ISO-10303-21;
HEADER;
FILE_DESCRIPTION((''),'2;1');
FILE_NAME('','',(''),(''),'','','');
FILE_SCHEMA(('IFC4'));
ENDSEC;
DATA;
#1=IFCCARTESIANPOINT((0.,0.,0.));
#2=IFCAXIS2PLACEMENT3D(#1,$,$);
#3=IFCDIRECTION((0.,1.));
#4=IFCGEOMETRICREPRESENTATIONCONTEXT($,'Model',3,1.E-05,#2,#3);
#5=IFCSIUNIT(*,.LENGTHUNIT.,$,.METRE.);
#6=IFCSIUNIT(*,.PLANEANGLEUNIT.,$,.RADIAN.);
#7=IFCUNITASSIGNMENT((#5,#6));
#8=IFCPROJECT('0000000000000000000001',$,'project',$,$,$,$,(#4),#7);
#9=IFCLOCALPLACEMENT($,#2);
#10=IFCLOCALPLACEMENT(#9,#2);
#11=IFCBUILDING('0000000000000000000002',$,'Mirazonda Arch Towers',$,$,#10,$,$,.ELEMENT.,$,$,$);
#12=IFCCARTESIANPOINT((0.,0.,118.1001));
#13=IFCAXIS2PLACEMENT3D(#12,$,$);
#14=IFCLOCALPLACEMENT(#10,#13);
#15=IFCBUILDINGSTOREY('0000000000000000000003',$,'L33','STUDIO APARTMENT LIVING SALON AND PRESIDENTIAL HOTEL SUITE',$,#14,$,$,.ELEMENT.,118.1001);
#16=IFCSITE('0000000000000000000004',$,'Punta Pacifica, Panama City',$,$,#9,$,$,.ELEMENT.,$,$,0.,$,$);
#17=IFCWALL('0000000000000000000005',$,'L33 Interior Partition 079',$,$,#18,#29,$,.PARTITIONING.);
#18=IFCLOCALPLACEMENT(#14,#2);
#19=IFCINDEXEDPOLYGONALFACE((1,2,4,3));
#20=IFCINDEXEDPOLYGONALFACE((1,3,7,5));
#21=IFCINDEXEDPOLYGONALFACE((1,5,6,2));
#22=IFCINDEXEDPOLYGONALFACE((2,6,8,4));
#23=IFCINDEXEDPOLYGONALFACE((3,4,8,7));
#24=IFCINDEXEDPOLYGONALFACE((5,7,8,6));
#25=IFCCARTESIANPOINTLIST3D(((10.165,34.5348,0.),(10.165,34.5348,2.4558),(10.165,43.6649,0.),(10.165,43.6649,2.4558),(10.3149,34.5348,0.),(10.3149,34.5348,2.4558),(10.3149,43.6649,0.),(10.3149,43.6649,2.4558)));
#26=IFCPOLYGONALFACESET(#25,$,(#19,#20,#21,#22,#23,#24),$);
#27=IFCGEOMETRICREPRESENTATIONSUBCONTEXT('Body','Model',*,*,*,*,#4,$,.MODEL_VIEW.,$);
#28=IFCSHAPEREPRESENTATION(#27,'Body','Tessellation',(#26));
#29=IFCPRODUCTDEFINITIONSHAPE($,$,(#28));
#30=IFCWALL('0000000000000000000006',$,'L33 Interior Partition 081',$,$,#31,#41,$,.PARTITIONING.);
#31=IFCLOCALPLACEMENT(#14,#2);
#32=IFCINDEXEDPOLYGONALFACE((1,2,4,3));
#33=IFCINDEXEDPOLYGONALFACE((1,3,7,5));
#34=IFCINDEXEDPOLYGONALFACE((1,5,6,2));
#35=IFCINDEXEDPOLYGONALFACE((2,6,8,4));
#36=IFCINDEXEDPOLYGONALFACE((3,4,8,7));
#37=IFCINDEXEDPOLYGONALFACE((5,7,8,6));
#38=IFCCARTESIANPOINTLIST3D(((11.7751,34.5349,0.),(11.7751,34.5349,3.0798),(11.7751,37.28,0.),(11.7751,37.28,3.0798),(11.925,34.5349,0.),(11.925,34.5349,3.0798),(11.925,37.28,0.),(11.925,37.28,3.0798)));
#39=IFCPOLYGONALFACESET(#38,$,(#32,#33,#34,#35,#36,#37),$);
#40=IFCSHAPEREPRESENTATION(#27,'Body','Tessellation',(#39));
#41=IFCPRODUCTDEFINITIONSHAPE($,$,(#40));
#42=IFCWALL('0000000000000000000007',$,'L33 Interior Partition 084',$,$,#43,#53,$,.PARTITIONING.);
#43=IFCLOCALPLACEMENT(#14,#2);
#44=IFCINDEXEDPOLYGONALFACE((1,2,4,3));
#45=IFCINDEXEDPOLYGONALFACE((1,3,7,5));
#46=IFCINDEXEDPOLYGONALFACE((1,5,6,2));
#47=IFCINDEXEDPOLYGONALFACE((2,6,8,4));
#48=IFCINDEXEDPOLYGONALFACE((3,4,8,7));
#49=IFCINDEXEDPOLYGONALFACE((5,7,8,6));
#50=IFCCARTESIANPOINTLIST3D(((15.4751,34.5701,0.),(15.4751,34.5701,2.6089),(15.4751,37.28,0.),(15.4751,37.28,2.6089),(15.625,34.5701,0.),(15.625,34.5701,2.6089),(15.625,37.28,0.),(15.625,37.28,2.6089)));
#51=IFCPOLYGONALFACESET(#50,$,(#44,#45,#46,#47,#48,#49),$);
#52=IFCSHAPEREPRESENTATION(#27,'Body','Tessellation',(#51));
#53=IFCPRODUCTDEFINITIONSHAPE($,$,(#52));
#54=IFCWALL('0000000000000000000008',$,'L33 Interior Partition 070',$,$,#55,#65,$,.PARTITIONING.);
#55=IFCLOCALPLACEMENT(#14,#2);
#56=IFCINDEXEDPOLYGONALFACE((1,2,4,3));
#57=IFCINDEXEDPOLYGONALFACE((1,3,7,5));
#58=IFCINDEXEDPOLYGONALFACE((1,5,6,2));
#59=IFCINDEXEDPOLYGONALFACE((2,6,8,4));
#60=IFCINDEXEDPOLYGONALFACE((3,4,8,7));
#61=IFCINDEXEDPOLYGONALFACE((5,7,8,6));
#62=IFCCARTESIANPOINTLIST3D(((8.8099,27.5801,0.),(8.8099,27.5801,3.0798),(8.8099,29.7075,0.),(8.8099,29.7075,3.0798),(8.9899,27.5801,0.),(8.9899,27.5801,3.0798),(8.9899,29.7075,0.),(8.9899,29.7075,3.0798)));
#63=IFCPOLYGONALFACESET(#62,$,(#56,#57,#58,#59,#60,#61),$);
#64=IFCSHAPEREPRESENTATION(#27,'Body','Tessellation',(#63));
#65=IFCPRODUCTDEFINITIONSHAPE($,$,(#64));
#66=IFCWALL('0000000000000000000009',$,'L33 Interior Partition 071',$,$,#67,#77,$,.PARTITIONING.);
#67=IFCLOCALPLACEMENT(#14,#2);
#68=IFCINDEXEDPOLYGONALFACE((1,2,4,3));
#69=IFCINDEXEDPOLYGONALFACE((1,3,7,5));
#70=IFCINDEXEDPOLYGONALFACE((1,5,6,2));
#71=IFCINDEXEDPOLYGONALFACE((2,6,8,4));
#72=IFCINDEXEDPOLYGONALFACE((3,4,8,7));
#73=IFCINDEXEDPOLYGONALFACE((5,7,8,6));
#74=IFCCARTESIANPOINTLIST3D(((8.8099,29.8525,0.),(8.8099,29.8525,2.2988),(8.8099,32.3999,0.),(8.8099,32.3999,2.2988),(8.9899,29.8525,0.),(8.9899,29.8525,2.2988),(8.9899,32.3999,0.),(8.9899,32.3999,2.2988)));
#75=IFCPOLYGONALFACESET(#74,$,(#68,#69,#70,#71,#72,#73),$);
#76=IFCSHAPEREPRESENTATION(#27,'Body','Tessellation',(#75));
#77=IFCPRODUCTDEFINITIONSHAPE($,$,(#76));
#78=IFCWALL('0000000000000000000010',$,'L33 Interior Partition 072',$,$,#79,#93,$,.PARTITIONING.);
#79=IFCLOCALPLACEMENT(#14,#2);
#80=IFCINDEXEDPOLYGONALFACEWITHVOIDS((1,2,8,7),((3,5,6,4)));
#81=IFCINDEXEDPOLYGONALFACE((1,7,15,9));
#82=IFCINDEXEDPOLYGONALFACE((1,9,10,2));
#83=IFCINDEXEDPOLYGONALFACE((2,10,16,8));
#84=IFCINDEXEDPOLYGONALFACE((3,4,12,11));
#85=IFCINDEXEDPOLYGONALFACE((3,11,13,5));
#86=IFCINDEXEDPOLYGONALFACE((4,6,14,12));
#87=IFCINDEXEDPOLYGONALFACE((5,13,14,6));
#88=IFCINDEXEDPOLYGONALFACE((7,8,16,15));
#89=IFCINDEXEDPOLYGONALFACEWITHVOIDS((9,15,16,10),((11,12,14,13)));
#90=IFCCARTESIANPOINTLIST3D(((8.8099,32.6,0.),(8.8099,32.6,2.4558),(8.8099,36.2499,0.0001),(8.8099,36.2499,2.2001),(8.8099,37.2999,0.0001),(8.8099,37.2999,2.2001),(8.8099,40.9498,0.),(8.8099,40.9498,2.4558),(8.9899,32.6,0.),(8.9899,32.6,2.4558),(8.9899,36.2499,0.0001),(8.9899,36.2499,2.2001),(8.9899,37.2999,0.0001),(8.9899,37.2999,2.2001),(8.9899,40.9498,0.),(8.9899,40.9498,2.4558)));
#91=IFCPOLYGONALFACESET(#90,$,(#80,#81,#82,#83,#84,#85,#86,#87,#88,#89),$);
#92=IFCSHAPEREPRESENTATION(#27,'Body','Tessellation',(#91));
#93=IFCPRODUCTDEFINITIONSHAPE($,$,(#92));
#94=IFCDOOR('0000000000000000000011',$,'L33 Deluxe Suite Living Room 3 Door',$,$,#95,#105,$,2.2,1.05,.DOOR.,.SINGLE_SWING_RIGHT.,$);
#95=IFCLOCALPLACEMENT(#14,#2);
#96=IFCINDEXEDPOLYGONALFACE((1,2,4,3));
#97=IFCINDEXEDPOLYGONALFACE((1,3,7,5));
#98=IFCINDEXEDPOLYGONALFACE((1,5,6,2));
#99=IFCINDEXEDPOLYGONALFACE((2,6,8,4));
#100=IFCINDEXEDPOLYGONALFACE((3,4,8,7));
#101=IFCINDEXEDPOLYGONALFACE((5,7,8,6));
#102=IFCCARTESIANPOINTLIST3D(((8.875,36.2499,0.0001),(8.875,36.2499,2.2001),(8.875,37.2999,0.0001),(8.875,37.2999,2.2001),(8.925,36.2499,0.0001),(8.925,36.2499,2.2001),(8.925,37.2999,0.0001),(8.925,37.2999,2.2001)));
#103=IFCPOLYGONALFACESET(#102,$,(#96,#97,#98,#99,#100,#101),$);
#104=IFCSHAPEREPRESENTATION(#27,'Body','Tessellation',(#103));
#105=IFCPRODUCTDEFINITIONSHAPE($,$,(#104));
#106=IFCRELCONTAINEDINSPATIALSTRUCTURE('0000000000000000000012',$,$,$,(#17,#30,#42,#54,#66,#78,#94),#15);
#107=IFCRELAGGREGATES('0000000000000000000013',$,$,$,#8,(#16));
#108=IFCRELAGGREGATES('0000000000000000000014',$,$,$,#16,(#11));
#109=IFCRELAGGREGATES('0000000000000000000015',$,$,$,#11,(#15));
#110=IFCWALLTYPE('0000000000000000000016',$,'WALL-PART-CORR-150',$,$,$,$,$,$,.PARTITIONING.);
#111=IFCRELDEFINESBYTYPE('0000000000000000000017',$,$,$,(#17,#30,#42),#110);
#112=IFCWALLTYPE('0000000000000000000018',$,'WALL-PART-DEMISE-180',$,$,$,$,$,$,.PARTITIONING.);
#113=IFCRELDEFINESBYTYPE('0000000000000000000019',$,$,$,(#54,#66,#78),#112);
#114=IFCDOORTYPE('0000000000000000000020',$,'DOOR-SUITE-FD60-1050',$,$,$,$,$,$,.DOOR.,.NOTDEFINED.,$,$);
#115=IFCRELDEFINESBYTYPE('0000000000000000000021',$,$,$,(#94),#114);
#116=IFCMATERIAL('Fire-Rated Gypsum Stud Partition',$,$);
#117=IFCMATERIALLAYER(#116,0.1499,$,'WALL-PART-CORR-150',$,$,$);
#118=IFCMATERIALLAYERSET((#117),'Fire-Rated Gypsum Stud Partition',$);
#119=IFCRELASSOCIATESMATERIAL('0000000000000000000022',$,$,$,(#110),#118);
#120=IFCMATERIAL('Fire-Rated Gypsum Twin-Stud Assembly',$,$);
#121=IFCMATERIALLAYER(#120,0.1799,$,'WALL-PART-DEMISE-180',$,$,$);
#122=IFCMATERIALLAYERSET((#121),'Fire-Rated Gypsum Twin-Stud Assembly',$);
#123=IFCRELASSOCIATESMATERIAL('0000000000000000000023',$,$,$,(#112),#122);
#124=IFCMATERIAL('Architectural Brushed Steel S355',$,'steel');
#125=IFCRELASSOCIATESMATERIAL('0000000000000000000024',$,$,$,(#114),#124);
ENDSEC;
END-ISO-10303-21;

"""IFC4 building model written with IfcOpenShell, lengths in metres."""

from ifc_helpers import new_model, si_unit, direction, frame, frame_2d, origin, place, context, subcontext, project, spatial, rectangle, extrude, material, layer, layer_set, type_object, element, fill, save


model = new_model("IFC4")

# Units and contexts
model_context = context("Model", 3, precision=1e-05, world=origin(), true_north=direction((0.0, 1.0)))
body_context = subcontext(model_context, "Body", "Model", "MODEL_VIEW")
ifc_project = project(units=[si_unit("LENGTHUNIT", "METRE"), si_unit("PLANEANGLEUNIT", "RADIAN")], contexts=[model_context])

# Site, building, storey
site_placement = place(None, origin())
site = spatial("IfcSite", under=ifc_project, at=site_placement, Name="Punta Pacifica, Panama City", CompositionType="ELEMENT", RefElevation=0.0)
building_placement = place(site_placement, origin())
building = spatial("IfcBuilding", under=site, at=building_placement, Name="Mirazonda Arch Towers", CompositionType="ELEMENT")
storey_placement = place(building_placement, frame((0.0, 0.0, 118.1001)))
storey = spatial("IfcBuildingStorey", under=building, at=storey_placement, Name="L33", Description="STUDIO APARTMENT LIVING SALON AND PRESIDENTIAL HOTEL SUITE", CompositionType="ELEMENT", Elevation=118.1001)

# Shared definitions
ifc_material_1 = material(Name="Architectural Brushed Steel S355", Category="steel")

# Shared definitions
ifc_material_2 = material(Name="Fire-Rated Gypsum Stud Partition")
ifc_layer_1 = layer(ifc_material_2, 0.1499, Name="WALL-PART-CORR-150")
ifc_layer_set_1 = layer_set([ifc_layer_1], Name="Fire-Rated Gypsum Stud Partition")
wall_type_1 = type_object("IfcWallType", Name="WALL-PART-CORR-150", PredefinedType="PARTITIONING", material=ifc_layer_set_1)

# Walls
wall_1_placement = place(storey_placement, frame((10.24, 34.5349, 0.0), z_axis=(0.0, 0.0, 1.0), x_axis=(0.0, 1.0, 0.0)))
element("IfcWall", 1, at=wall_1_placement, inside=storey, type_object=wall_type_1, Name="L33 Interior Partition 079", PredefinedType="PARTITIONING", context=body_context, shape_type="SweptSolid", body=[
    extrude(rectangle(XDim=9.1301, YDim=0.1499, at=frame_2d((4.5649, 0.0))), origin(), (0.0, 0.0, 1.0), 2.4558),
])
wall_2_placement = place(storey_placement, frame((11.8501, 34.5349, 0.0), z_axis=(0.0, 0.0, 1.0), x_axis=(0.0, 1.0, 0.0)))
element("IfcWall", 2, at=wall_2_placement, inside=storey, type_object=wall_type_1, Name="L33 Interior Partition 081", PredefinedType="PARTITIONING", context=body_context, shape_type="SweptSolid", body=[
    extrude(rectangle(XDim=2.7451, YDim=0.1499, at=frame_2d((1.3726, 0.0))), origin(), (0.0, 0.0, 1.0), 3.0798),
])
wall_3_placement = place(storey_placement, frame((15.55, 34.5701, 0.0), z_axis=(0.0, 0.0, 1.0), x_axis=(0.0, 1.0, 0.0)))
element("IfcWall", 3, at=wall_3_placement, inside=storey, type_object=wall_type_1, Name="L33 Interior Partition 084", PredefinedType="PARTITIONING", context=body_context, shape_type="SweptSolid", body=[
    extrude(rectangle(XDim=2.71, YDim=0.1499, at=frame_2d((1.355, 0.0))), origin(), (0.0, 0.0, 1.0), 2.6089),
])
ifc_material_3 = material(Name="Fire-Rated Gypsum Twin-Stud Assembly")
ifc_layer_2 = layer(ifc_material_3, 0.1799, Name="WALL-PART-DEMISE-180")
ifc_layer_set_2 = layer_set([ifc_layer_2], Name="Fire-Rated Gypsum Twin-Stud Assembly")
wall_type_2 = type_object("IfcWallType", Name="WALL-PART-DEMISE-180", PredefinedType="PARTITIONING", material=ifc_layer_set_2)
wall_4_placement = place(storey_placement, frame((8.8999, 27.5801, 0.0), z_axis=(0.0, 0.0, 1.0), x_axis=(0.0, 1.0, 0.0)))
element("IfcWall", 4, at=wall_4_placement, inside=storey, type_object=wall_type_2, Name="L33 Interior Partition 070", PredefinedType="PARTITIONING", context=body_context, shape_type="SweptSolid", body=[
    extrude(rectangle(XDim=2.1274, YDim=0.1799, at=frame_2d((1.0637, 0.0))), origin(), (0.0, 0.0, 1.0), 3.0798),
])
wall_5_placement = place(storey_placement, frame((8.8999, 29.8525, 0.0), z_axis=(0.0, 0.0, 1.0), x_axis=(0.0, 1.0, 0.0)))
element("IfcWall", 5, at=wall_5_placement, inside=storey, type_object=wall_type_2, Name="L33 Interior Partition 071", PredefinedType="PARTITIONING", context=body_context, shape_type="SweptSolid", body=[
    extrude(rectangle(XDim=2.5474, YDim=0.1799, at=frame_2d((1.2737, 0.0))), origin(), (0.0, 0.0, 1.0), 2.2988),
])

# Wall, opening, door
wall_6_placement = place(storey_placement, frame((8.8999, 32.6001, 0.0), z_axis=(0.0, 0.0, 1.0), x_axis=(0.0, 1.0, 0.0)))
wall_6 = element("IfcWall", 6, at=wall_6_placement, inside=storey, type_object=wall_type_2, Name="L33 Interior Partition 072", PredefinedType="PARTITIONING", context=body_context, shape_type="SweptSolid", body=[
    extrude(rectangle(XDim=8.3499, YDim=0.1799, at=frame_2d((4.1748, 0.0))), origin(), (0.0, 0.0, 1.0), 2.4558),
])
opening_1_placement = place(wall_6_placement, frame((3.6499, 0.0, 0.0)))
opening_1 = element("IfcOpeningElement", 7, at=opening_1_placement, cuts=wall_6, PredefinedType="OPENING", context=body_context, shape_type="SweptSolid", body=[
    extrude(rectangle(XDim=1.05, YDim=2.2, at=frame_2d((0.5249, 1.1001))), frame((0.0, 0.0999, 0.0), z_axis=(0.0, -1.0, 0.0), x_axis=(1.0, 0.0, 0.0)), (0.0, 0.0, 1.0), 0.2),
])
door_type_1 = type_object("IfcDoorType", Name="DOOR-SUITE-FD60-1050", OperationType="NOTDEFINED", PredefinedType="DOOR", material=ifc_material_1)
door_1_placement = place(opening_1_placement, origin())
door_1 = element("IfcDoor", 8, at=door_1_placement, inside=storey, type_object=door_type_1, Name="L33 Deluxe Suite Living Room 3 Door", OperationType="SINGLE_SWING_RIGHT", OverallHeight=2.2, OverallWidth=1.05, PredefinedType="DOOR", context=body_context, shape_type="SweptSolid", body=[
    extrude(rectangle(XDim=1.05, YDim=2.2, at=frame_2d((0.5249, 1.1001))), frame((0.0, 0.0249, 0.0), z_axis=(0.0, -1.0, 0.0), x_axis=(1.0, 0.0, 0.0)), (0.0, 0.0, 1.0), 0.05),
])
fill(opening_1, door_1)

save(model, "model.ifc")
